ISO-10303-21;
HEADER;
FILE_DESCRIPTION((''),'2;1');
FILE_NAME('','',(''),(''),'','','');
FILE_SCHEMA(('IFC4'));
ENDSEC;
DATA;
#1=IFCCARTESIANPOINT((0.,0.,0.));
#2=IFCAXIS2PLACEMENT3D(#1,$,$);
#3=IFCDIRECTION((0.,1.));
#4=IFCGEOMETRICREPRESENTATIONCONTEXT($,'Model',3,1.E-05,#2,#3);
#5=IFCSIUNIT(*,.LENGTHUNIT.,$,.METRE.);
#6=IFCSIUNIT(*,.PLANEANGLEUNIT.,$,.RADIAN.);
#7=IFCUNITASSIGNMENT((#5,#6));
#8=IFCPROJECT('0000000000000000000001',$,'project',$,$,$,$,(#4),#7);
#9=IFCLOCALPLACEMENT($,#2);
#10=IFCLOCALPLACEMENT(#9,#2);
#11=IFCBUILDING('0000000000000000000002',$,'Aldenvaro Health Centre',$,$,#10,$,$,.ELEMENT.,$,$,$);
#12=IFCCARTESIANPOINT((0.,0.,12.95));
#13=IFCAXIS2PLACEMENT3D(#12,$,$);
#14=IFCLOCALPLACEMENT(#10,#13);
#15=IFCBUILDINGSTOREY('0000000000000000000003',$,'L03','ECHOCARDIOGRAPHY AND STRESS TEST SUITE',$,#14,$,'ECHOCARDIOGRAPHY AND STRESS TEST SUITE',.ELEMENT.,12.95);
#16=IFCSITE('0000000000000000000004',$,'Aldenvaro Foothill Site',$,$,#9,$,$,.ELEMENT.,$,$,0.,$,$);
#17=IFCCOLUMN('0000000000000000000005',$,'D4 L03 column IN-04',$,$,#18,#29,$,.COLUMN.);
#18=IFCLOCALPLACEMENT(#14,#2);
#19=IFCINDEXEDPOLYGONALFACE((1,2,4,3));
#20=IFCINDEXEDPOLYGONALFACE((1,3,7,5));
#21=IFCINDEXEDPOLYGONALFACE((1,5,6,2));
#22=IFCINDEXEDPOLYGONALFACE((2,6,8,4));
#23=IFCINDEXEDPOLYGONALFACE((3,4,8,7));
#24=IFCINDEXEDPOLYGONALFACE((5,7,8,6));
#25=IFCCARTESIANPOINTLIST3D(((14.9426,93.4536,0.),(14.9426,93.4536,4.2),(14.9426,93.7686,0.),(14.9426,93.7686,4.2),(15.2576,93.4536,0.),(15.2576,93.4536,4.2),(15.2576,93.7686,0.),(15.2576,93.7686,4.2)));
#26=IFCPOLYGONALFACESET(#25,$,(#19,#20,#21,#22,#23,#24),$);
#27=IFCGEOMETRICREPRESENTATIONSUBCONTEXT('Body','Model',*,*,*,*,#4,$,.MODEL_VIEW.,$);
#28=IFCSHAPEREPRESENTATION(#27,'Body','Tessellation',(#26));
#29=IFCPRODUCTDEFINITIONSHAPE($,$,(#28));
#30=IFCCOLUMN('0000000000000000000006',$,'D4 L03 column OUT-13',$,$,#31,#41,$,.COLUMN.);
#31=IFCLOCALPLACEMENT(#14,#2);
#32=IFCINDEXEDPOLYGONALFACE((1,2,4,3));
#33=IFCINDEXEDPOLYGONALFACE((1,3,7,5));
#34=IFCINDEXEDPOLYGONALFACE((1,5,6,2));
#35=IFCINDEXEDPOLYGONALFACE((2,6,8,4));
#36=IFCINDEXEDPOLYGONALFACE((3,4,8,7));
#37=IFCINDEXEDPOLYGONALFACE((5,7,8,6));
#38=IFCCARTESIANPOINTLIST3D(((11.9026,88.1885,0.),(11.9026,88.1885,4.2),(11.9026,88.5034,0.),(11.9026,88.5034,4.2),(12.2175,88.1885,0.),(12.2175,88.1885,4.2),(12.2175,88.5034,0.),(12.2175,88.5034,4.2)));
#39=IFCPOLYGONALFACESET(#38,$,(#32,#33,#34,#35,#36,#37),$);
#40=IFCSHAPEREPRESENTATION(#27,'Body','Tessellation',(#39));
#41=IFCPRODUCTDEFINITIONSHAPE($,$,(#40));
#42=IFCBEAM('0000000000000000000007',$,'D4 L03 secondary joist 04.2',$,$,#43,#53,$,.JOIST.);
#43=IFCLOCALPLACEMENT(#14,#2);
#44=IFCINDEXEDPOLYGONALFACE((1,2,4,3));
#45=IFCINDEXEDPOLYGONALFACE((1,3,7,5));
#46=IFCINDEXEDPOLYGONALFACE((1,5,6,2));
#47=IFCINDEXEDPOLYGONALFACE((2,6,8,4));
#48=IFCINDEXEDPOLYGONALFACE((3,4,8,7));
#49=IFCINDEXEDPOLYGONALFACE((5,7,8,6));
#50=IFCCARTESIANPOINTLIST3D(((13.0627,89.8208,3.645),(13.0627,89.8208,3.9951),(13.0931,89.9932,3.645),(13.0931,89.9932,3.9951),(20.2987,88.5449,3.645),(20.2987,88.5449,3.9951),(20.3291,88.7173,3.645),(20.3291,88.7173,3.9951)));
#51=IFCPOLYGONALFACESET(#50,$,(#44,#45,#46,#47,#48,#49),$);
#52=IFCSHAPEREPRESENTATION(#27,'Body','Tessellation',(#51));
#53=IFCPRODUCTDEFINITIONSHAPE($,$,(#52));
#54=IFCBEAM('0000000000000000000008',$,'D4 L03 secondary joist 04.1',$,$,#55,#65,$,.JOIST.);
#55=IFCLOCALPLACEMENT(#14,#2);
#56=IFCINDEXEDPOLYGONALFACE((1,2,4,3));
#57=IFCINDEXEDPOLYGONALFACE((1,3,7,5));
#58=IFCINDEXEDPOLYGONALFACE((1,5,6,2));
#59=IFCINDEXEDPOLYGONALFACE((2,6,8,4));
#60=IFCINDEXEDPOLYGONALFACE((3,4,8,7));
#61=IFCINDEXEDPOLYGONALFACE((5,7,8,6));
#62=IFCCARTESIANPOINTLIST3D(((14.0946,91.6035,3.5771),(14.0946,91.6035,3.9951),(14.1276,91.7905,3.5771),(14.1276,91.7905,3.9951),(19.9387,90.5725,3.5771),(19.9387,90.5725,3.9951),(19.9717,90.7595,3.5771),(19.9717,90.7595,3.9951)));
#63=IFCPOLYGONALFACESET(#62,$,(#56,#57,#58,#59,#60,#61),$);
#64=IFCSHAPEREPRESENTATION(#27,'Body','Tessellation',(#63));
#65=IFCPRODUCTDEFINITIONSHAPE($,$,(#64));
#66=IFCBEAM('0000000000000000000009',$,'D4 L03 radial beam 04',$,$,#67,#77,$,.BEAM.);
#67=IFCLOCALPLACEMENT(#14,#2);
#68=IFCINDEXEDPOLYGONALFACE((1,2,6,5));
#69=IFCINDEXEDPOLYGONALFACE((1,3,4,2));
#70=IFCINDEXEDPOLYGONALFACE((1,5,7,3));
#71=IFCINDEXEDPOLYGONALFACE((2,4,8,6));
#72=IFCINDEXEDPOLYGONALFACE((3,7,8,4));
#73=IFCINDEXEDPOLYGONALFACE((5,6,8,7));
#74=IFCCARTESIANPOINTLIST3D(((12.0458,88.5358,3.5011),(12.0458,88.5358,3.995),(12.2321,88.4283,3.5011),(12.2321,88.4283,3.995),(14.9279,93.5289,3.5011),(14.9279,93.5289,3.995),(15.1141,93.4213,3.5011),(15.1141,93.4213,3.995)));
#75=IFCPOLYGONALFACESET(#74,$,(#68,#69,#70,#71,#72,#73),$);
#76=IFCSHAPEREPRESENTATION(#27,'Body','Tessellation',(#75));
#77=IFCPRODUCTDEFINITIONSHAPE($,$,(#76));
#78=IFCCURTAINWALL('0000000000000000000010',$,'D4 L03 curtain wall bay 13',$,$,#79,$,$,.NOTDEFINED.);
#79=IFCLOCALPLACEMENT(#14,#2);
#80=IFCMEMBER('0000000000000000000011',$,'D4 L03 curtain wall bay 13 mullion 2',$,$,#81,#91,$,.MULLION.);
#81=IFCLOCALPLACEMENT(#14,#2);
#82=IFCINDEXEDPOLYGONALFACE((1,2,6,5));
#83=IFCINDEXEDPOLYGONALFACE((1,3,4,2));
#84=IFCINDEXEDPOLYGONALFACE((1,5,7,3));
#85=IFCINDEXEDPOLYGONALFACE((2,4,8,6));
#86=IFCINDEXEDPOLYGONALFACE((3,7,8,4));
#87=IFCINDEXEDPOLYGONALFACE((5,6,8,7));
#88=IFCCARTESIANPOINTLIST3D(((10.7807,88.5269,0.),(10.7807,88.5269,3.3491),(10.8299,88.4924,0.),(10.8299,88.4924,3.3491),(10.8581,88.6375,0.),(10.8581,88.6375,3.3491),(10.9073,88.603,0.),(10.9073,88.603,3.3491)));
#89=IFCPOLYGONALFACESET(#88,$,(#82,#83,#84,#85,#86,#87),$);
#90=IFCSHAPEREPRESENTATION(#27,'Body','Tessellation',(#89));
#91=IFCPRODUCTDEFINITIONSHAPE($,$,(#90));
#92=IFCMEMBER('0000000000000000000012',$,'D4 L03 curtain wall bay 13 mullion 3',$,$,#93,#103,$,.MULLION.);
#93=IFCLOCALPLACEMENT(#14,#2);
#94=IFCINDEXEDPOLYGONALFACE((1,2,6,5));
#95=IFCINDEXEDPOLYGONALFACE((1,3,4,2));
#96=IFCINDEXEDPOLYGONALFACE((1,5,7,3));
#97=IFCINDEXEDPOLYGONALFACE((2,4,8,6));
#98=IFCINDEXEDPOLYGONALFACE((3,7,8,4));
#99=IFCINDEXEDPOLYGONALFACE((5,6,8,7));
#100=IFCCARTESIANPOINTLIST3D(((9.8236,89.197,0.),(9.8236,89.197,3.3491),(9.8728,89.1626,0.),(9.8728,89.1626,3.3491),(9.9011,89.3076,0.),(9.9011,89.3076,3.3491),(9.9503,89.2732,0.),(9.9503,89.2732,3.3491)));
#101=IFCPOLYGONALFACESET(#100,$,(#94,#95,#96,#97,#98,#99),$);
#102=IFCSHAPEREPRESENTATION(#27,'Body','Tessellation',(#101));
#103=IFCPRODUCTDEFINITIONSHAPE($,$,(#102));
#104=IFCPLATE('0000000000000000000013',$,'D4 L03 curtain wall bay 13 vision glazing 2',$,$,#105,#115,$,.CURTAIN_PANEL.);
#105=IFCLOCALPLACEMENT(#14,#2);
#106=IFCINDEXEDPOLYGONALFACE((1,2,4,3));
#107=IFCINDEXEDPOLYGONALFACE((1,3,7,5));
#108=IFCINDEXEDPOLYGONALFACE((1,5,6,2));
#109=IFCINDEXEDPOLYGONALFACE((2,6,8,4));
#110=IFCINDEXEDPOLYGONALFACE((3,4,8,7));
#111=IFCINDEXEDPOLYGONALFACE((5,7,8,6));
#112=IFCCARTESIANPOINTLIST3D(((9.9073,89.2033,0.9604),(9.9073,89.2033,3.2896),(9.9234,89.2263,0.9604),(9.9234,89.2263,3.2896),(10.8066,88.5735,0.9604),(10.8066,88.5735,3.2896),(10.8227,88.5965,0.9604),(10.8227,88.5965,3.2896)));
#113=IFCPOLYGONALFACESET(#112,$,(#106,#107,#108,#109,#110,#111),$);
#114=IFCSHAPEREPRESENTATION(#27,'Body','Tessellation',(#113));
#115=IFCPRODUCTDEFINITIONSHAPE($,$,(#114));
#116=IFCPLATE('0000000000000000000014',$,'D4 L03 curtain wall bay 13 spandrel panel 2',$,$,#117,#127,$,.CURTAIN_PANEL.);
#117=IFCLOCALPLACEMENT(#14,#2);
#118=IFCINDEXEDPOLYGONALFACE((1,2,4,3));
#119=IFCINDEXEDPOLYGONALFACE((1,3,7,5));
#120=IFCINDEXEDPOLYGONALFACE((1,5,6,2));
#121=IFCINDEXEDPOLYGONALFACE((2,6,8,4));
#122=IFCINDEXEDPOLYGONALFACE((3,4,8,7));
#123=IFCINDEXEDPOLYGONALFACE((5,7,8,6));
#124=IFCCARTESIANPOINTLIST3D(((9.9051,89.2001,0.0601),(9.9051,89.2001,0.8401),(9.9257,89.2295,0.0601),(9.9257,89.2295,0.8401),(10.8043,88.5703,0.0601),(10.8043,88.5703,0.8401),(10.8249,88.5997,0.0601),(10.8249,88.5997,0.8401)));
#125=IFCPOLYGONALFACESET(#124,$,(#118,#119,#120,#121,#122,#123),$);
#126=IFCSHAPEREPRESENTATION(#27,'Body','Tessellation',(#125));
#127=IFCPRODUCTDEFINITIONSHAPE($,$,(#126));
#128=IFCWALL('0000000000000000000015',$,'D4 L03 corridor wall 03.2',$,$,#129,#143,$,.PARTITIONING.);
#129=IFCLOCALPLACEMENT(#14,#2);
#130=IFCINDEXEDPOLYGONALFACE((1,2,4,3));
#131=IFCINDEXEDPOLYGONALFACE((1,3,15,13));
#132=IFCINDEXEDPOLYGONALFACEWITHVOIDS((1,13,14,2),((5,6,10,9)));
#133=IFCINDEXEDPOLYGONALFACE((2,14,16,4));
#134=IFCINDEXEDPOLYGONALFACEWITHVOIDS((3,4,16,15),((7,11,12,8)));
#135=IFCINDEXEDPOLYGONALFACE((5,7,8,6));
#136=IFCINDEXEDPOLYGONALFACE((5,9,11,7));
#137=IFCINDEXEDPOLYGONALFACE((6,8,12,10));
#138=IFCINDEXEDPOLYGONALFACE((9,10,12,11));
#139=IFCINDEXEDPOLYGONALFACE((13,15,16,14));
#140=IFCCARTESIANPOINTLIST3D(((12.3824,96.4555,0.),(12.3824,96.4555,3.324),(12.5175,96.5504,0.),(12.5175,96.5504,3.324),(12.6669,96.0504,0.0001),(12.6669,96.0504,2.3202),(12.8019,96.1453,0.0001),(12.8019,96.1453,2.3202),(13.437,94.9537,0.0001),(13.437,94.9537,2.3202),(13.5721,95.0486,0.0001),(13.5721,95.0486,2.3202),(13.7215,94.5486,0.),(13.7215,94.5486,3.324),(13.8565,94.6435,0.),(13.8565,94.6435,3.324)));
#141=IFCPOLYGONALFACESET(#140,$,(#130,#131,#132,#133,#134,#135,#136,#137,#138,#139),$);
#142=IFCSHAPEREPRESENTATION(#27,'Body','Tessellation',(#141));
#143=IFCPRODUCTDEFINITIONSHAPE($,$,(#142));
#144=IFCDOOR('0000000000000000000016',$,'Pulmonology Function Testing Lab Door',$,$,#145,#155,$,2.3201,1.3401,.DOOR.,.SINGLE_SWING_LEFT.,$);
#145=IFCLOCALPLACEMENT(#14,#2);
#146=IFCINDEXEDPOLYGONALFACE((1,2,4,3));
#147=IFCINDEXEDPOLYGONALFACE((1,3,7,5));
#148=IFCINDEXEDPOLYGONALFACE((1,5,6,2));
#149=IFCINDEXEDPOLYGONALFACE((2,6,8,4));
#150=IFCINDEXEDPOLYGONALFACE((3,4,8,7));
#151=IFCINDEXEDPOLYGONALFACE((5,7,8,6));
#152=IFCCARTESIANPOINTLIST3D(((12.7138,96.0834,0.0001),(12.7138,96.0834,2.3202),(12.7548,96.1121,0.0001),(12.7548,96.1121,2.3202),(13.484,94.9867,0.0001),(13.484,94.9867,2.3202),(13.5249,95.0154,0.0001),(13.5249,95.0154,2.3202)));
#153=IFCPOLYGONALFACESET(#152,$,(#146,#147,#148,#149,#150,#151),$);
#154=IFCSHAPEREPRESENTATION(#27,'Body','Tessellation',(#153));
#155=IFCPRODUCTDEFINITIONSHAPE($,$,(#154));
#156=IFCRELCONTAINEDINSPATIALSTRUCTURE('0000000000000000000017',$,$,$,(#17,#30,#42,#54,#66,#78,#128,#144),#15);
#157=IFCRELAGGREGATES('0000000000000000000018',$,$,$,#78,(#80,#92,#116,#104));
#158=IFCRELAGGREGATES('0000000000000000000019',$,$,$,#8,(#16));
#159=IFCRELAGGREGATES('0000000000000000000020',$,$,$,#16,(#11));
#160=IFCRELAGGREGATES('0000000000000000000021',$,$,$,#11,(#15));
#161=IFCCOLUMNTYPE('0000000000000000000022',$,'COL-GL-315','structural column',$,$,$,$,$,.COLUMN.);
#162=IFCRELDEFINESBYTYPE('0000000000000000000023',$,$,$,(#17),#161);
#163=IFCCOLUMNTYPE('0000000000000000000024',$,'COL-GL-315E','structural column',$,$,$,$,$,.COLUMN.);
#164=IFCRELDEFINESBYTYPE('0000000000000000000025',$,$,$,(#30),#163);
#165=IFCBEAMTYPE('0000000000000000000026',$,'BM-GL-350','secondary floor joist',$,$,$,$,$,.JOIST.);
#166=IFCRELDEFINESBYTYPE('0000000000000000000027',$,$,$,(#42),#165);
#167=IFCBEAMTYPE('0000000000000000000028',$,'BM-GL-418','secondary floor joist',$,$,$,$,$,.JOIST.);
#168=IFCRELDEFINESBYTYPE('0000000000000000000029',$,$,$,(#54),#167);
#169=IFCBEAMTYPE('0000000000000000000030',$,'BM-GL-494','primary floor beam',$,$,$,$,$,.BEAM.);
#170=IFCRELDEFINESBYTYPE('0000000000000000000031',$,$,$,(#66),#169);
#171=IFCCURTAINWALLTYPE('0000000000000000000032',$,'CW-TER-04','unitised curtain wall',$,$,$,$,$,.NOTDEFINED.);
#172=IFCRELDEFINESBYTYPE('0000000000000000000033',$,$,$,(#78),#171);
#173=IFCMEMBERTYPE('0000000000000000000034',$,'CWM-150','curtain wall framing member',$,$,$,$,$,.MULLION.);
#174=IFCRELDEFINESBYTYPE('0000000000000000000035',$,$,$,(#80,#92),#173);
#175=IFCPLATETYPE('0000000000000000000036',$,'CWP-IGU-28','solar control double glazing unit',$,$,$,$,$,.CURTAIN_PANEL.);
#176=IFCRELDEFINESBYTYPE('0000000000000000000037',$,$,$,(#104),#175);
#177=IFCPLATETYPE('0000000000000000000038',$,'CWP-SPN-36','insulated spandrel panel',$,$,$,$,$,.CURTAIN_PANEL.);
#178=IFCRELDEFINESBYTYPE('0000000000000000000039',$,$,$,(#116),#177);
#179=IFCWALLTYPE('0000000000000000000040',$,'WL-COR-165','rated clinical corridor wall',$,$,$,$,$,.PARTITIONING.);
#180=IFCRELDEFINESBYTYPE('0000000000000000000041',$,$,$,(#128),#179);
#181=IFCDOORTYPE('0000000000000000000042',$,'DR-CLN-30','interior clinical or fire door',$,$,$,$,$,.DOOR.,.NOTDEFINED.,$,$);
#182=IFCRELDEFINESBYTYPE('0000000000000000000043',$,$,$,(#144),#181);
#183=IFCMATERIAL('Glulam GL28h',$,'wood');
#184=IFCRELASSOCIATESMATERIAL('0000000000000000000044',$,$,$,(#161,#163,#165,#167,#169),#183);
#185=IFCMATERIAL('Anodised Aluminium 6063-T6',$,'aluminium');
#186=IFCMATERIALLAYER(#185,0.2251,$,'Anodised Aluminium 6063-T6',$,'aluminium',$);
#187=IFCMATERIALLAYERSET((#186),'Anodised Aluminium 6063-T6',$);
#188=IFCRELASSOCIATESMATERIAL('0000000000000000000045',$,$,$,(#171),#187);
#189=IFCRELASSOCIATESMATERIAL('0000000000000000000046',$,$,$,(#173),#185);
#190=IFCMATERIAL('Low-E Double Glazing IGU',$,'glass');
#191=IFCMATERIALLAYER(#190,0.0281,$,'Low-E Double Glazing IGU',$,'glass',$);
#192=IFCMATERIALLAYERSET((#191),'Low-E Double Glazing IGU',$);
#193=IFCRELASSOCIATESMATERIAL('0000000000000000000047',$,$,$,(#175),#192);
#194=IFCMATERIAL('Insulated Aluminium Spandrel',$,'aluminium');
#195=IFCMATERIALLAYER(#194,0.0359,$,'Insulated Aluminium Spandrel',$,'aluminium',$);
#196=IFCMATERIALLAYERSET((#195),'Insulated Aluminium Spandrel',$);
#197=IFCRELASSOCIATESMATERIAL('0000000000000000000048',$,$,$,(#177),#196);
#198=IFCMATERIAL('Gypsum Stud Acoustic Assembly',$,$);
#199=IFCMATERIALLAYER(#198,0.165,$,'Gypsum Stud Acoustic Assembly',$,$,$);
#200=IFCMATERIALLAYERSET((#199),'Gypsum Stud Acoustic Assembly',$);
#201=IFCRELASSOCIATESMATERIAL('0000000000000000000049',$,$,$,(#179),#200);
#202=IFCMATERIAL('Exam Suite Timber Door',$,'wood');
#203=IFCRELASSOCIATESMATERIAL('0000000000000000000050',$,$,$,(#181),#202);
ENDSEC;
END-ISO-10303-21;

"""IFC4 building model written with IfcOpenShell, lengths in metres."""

from ifc_helpers import new_model, si_unit, direction, frame, frame_2d, origin, origin_2d, place, context, subcontext, project, spatial, rectangle, extrude, material, layer, layer_set, material_profile, profile_set, type_object, element, fill, aggregate, save


model = new_model("IFC4")

# Units and contexts
model_context = context("Model", 3, precision=1e-05, world=origin(), true_north=direction((0.0, 1.0)))
body_context = subcontext(model_context, "Body", "Model", "MODEL_VIEW")
ifc_project = project(units=[si_unit("LENGTHUNIT", "METRE"), si_unit("PLANEANGLEUNIT", "RADIAN")], contexts=[model_context])

# Site, building, storey
site_placement = place(None, origin())
site = spatial("IfcSite", under=ifc_project, at=site_placement, Name="Aldenvaro Foothill Site", CompositionType="ELEMENT", RefElevation=0.0)
building_placement = place(site_placement, origin())
building = spatial("IfcBuilding", under=site, at=building_placement, Name="Aldenvaro Health Centre", CompositionType="ELEMENT")
storey_placement = place(building_placement, frame((0.0, 0.0, 12.95)))
storey = spatial("IfcBuildingStorey", under=building, at=storey_placement, Name="L03", Description="ECHOCARDIOGRAPHY AND STRESS TEST SUITE", LongName="ECHOCARDIOGRAPHY AND STRESS TEST SUITE", CompositionType="ELEMENT", Elevation=12.95)

# Columns
ifc_material_1 = material(Name="Glulam GL28h", Category="wood")
ifc_material_profile_1 = material_profile(ifc_material_1, rectangle(XDim=0.3149, YDim=0.3149, at=origin_2d()), Name="GL 315x315", Category="wood")
ifc_profile_set_1 = profile_set([ifc_material_profile_1], Name="Glulam GL28h")
column_type_1 = type_object("IfcColumnType", Name="COL-GL-315", Description="structural column", PredefinedType="COLUMN", material=ifc_profile_set_1)
column_1_placement = place(storey_placement, frame((15.1001, 93.6111, 0.0), z_axis=(0.0, 0.0, 1.0), x_axis=(1.0, 0.0, 0.0)))
element("IfcColumn", 1, at=column_1_placement, inside=storey, type_object=column_type_1, Name="D4 L03 column IN-04", PredefinedType="COLUMN", context=body_context, shape_type="SweptSolid", body=[
    extrude(rectangle(XDim=0.3149, YDim=0.3149, at=origin_2d()), origin(), (0.0, 0.0, 1.0), 4.2),
])
ifc_material_profile_2 = material_profile(ifc_material_1, rectangle(XDim=0.3149, YDim=0.3149, at=origin_2d()), Name="GL 315x315", Category="wood")
ifc_profile_set_2 = profile_set([ifc_material_profile_2], Name="Glulam GL28h")
column_type_2 = type_object("IfcColumnType", Name="COL-GL-315E", Description="structural column", PredefinedType="COLUMN", material=ifc_profile_set_2)
column_2_placement = place(storey_placement, frame((12.0601, 88.3459, 0.0), z_axis=(0.0, 0.0, 1.0), x_axis=(1.0, 0.0, 0.0)))
element("IfcColumn", 2, at=column_2_placement, inside=storey, type_object=column_type_2, Name="D4 L03 column OUT-13", PredefinedType="COLUMN", context=body_context, shape_type="SweptSolid", body=[
    extrude(rectangle(XDim=0.3149, YDim=0.3149, at=origin_2d()), origin(), (0.0, 0.0, 1.0), 4.2),
])

# Beams
ifc_material_profile_3 = material_profile(ifc_material_1, rectangle(XDim=0.175, YDim=0.3501, at=origin_2d()), Name="GL 175x350", Category="wood")
ifc_profile_set_3 = profile_set([ifc_material_profile_3], Name="Glulam GL28h")
beam_type_1 = type_object("IfcBeamType", Name="BM-GL-350", Description="secondary floor joist", PredefinedType="JOIST", material=ifc_profile_set_3)
beam_1_placement = place(storey_placement, frame((13.0779, 89.907, 3.8201), z_axis=(0.984809, -0.173643, 0.0), x_axis=(0.173643, 0.984809, 0.0)))
element("IfcBeam", 3, at=beam_1_placement, inside=storey, type_object=beam_type_1, Name="D4 L03 secondary joist 04.2", PredefinedType="JOIST", context=body_context, shape_type="SweptSolid", body=[
    extrude(rectangle(XDim=0.175, YDim=0.3501, at=origin_2d()), origin(), (0.0, 0.0, 1.0), 7.3477),
])
ifc_material_profile_4 = material_profile(ifc_material_1, rectangle(XDim=0.1899, YDim=0.418, at=origin_2d()), Name="GL 190x418", Category="wood")
ifc_profile_set_4 = profile_set([ifc_material_profile_4], Name="Glulam GL28h")
beam_type_2 = type_object("IfcBeamType", Name="BM-GL-418", Description="secondary floor joist", PredefinedType="JOIST", material=ifc_profile_set_4)
beam_2_placement = place(storey_placement, frame((14.1111, 91.697, 3.7861), z_axis=(0.984792, -0.173738, 0.0), x_axis=(0.173738, 0.984792, 0.0)))
element("IfcBeam", 4, at=beam_2_placement, inside=storey, type_object=beam_type_2, Name="D4 L03 secondary joist 04.1", PredefinedType="JOIST", context=body_context, shape_type="SweptSolid", body=[
    extrude(rectangle(XDim=0.1899, YDim=0.418, at=origin_2d()), origin(), (0.0, 0.0, 1.0), 5.9343),
])
ifc_material_profile_5 = material_profile(ifc_material_1, rectangle(XDim=0.2151, YDim=0.4939, at=origin_2d()), Name="GL 215x494", Category="wood")
ifc_profile_set_5 = profile_set([ifc_material_profile_5], Name="Glulam GL28h")
beam_type_3 = type_object("IfcBeamType", Name="BM-GL-494", Description="primary floor beam", PredefinedType="BEAM", material=ifc_profile_set_5)
beam_3_placement = place(storey_placement, frame((15.021, 93.4751, 3.748), z_axis=(-0.499906, -0.86608, 0.0), x_axis=(0.86608, -0.499906, 0.0)))
element("IfcBeam", 5, at=beam_3_placement, inside=storey, type_object=beam_type_3, Name="D4 L03 radial beam 04", PredefinedType="BEAM", context=body_context, shape_type="SweptSolid", body=[
    extrude(rectangle(XDim=0.2151, YDim=0.4939, at=origin_2d()), origin(), (0.0, 0.0, 1.0), 5.7651),
])

# Curtain wall, members, plates
ifc_material_2 = material(Name="Anodised Aluminium 6063-T6", Category="aluminium")
ifc_layer_1 = layer(ifc_material_2, 0.2251, Name="Anodised Aluminium 6063-T6", Category="aluminium")
ifc_layer_set_1 = layer_set([ifc_layer_1], Name="Anodised Aluminium 6063-T6")
curtain_wall_type = type_object("IfcCurtainWallType", Name="CW-TER-04", Description="unitised curtain wall", PredefinedType="NOTDEFINED", material=ifc_layer_set_1)
curtain_wall_placement = place(storey_placement, origin())
curtain_wall = element("IfcCurtainWall", 6, at=curtain_wall_placement, inside=storey, type_object=curtain_wall_type, Name="D4 L03 curtain wall bay 13", PredefinedType="NOTDEFINED")
ifc_material_profile_6 = material_profile(ifc_material_2, rectangle(XDim=0.0601, YDim=0.135, at=origin_2d()), Name="ALU 60x135", Category="aluminium")
ifc_profile_set_6 = profile_set([ifc_material_profile_6], Name="Anodised Aluminium 6063-T6")
member_type = type_object("IfcMemberType", Name="CWM-150", Description="curtain wall framing member", PredefinedType="MULLION", material=ifc_profile_set_6)
member_1_placement = place(storey_placement, frame((10.844, 88.5649, 0.0), z_axis=(0.0, 0.0, 1.0), x_axis=(-0.819051, 0.573721, 0.0)))
member_1 = element("IfcMember", 7, at=member_1_placement, type_object=member_type, Name="D4 L03 curtain wall bay 13 mullion 2", PredefinedType="MULLION", context=body_context, shape_type="SweptSolid", body=[
    extrude(rectangle(XDim=0.0601, YDim=0.135, at=origin_2d()), origin(), (0.0, 0.0, 1.0), 3.3491),
])
member_2_placement = place(storey_placement, frame((9.887, 89.2351, 0.0), z_axis=(0.0, 0.0, 1.0), x_axis=(-0.819051, 0.573721, 0.0)))
member_2 = element("IfcMember", 8, at=member_2_placement, type_object=member_type, Name="D4 L03 curtain wall bay 13 mullion 3", PredefinedType="MULLION", context=body_context, shape_type="SweptSolid", body=[
    extrude(rectangle(XDim=0.0601, YDim=0.135, at=origin_2d()), origin(), (0.0, 0.0, 1.0), 3.3491),
])
ifc_material_3 = material(Name="Low-E Double Glazing IGU", Category="glass")
ifc_layer_2 = layer(ifc_material_3, 0.0281, Name="Low-E Double Glazing IGU", Category="glass")
ifc_layer_set_2 = layer_set([ifc_layer_2], Name="Low-E Double Glazing IGU")
plate_type_1 = type_object("IfcPlateType", Name="CWP-IGU-28", Description="solar control double glazing unit", PredefinedType="CURTAIN_PANEL", material=ifc_layer_set_2)
plate_1_placement = place(storey_placement, frame((10.365, 88.8999, 0.9604), z_axis=(0.0, 0.0, 1.0), x_axis=(-0.819051, 0.573721, 0.0)))
plate_1 = element("IfcPlate", 9, at=plate_1_placement, type_object=plate_type_1, Name="D4 L03 curtain wall bay 13 vision glazing 2", PredefinedType="CURTAIN_PANEL", context=body_context, shape_type="SweptSolid", body=[
    extrude(rectangle(XDim=1.0979, YDim=0.0281, at=origin_2d()), origin(), (0.0, 0.0, 1.0), 2.3291),
])
ifc_material_4 = material(Name="Insulated Aluminium Spandrel", Category="aluminium")
ifc_layer_3 = layer(ifc_material_4, 0.0359, Name="Insulated Aluminium Spandrel", Category="aluminium")
ifc_layer_set_3 = layer_set([ifc_layer_3], Name="Insulated Aluminium Spandrel")
plate_type_2 = type_object("IfcPlateType", Name="CWP-SPN-36", Description="insulated spandrel panel", PredefinedType="CURTAIN_PANEL", material=ifc_layer_set_3)
plate_2_placement = place(storey_placement, frame((10.365, 88.8999, 0.0601), z_axis=(0.0, 0.0, 1.0), x_axis=(-0.819051, 0.573721, 0.0)))
plate_2 = element("IfcPlate", 10, at=plate_2_placement, type_object=plate_type_2, Name="D4 L03 curtain wall bay 13 spandrel panel 2", PredefinedType="CURTAIN_PANEL", context=body_context, shape_type="SweptSolid", body=[
    extrude(rectangle(XDim=1.0979, YDim=0.0359, at=origin_2d()), origin(), (0.0, 0.0, 1.0), 0.78),
])
aggregate(curtain_wall, [member_1, member_2, plate_2, plate_1])

# Wall, opening, door
ifc_material_5 = material(Name="Gypsum Stud Acoustic Assembly")
ifc_layer_4 = layer(ifc_material_5, 0.165, Name="Gypsum Stud Acoustic Assembly")
ifc_layer_set_4 = layer_set([ifc_layer_4], Name="Gypsum Stud Acoustic Assembly")
wall_type_1 = type_object("IfcWallType", Name="WL-COR-165", Description="rated clinical corridor wall", PredefinedType="PARTITIONING", material=ifc_layer_set_4)
wall_1_placement = place(storey_placement, frame((12.45, 96.5029, 0.0), z_axis=(0.0, 0.0, 1.0), x_axis=(0.574678, -0.818379, 0.0)))
wall_1 = element("IfcWall", 11, at=wall_1_placement, inside=storey, type_object=wall_type_1, Name="D4 L03 corridor wall 03.2", PredefinedType="PARTITIONING", context=body_context, shape_type="SweptSolid", body=[
    extrude(rectangle(XDim=2.3301, YDim=0.165, at=frame_2d((1.165, 0.0))), origin(), (0.0, 0.0, 1.0), 3.324),
])
opening_1_placement = place(wall_1_placement, frame((0.4951, 0.0, 0.0)))
opening_1 = element("IfcOpeningElement", 12, at=opening_1_placement, cuts=wall_1, PredefinedType="OPENING", context=body_context, shape_type="SweptSolid", body=[
    extrude(rectangle(XDim=1.3401, YDim=2.3201, at=frame_2d((0.6699, 1.1602))), frame((0.0, 0.0925, 0.0), z_axis=(0.0, -1.0, 0.0), x_axis=(1.0, 0.0, 0.0)), (0.0, 0.0, 1.0), 0.1851),
])
ifc_material_6 = material(Name="Exam Suite Timber Door", Category="wood")
door_type_1 = type_object("IfcDoorType", Name="DR-CLN-30", Description="interior clinical or fire door", OperationType="NOTDEFINED", PredefinedType="DOOR", material=ifc_material_6)
door_1_placement = place(opening_1_placement, origin())
door_1 = element("IfcDoor", 13, at=door_1_placement, inside=storey, type_object=door_type_1, Name="Pulmonology Function Testing Lab Door", OperationType="SINGLE_SWING_LEFT", OverallHeight=2.3201, OverallWidth=1.3401, PredefinedType="DOOR", context=body_context, shape_type="SweptSolid", body=[
    extrude(rectangle(XDim=1.3401, YDim=2.3201, at=frame_2d((0.6699, 1.1602))), frame((0.0, 0.0249, 0.0), z_axis=(0.0, -1.0, 0.0), x_axis=(1.0, 0.0, 0.0)), (0.0, 0.0, 1.0), 0.05),
])
fill(opening_1, door_1)

save(model, "model.ifc")
